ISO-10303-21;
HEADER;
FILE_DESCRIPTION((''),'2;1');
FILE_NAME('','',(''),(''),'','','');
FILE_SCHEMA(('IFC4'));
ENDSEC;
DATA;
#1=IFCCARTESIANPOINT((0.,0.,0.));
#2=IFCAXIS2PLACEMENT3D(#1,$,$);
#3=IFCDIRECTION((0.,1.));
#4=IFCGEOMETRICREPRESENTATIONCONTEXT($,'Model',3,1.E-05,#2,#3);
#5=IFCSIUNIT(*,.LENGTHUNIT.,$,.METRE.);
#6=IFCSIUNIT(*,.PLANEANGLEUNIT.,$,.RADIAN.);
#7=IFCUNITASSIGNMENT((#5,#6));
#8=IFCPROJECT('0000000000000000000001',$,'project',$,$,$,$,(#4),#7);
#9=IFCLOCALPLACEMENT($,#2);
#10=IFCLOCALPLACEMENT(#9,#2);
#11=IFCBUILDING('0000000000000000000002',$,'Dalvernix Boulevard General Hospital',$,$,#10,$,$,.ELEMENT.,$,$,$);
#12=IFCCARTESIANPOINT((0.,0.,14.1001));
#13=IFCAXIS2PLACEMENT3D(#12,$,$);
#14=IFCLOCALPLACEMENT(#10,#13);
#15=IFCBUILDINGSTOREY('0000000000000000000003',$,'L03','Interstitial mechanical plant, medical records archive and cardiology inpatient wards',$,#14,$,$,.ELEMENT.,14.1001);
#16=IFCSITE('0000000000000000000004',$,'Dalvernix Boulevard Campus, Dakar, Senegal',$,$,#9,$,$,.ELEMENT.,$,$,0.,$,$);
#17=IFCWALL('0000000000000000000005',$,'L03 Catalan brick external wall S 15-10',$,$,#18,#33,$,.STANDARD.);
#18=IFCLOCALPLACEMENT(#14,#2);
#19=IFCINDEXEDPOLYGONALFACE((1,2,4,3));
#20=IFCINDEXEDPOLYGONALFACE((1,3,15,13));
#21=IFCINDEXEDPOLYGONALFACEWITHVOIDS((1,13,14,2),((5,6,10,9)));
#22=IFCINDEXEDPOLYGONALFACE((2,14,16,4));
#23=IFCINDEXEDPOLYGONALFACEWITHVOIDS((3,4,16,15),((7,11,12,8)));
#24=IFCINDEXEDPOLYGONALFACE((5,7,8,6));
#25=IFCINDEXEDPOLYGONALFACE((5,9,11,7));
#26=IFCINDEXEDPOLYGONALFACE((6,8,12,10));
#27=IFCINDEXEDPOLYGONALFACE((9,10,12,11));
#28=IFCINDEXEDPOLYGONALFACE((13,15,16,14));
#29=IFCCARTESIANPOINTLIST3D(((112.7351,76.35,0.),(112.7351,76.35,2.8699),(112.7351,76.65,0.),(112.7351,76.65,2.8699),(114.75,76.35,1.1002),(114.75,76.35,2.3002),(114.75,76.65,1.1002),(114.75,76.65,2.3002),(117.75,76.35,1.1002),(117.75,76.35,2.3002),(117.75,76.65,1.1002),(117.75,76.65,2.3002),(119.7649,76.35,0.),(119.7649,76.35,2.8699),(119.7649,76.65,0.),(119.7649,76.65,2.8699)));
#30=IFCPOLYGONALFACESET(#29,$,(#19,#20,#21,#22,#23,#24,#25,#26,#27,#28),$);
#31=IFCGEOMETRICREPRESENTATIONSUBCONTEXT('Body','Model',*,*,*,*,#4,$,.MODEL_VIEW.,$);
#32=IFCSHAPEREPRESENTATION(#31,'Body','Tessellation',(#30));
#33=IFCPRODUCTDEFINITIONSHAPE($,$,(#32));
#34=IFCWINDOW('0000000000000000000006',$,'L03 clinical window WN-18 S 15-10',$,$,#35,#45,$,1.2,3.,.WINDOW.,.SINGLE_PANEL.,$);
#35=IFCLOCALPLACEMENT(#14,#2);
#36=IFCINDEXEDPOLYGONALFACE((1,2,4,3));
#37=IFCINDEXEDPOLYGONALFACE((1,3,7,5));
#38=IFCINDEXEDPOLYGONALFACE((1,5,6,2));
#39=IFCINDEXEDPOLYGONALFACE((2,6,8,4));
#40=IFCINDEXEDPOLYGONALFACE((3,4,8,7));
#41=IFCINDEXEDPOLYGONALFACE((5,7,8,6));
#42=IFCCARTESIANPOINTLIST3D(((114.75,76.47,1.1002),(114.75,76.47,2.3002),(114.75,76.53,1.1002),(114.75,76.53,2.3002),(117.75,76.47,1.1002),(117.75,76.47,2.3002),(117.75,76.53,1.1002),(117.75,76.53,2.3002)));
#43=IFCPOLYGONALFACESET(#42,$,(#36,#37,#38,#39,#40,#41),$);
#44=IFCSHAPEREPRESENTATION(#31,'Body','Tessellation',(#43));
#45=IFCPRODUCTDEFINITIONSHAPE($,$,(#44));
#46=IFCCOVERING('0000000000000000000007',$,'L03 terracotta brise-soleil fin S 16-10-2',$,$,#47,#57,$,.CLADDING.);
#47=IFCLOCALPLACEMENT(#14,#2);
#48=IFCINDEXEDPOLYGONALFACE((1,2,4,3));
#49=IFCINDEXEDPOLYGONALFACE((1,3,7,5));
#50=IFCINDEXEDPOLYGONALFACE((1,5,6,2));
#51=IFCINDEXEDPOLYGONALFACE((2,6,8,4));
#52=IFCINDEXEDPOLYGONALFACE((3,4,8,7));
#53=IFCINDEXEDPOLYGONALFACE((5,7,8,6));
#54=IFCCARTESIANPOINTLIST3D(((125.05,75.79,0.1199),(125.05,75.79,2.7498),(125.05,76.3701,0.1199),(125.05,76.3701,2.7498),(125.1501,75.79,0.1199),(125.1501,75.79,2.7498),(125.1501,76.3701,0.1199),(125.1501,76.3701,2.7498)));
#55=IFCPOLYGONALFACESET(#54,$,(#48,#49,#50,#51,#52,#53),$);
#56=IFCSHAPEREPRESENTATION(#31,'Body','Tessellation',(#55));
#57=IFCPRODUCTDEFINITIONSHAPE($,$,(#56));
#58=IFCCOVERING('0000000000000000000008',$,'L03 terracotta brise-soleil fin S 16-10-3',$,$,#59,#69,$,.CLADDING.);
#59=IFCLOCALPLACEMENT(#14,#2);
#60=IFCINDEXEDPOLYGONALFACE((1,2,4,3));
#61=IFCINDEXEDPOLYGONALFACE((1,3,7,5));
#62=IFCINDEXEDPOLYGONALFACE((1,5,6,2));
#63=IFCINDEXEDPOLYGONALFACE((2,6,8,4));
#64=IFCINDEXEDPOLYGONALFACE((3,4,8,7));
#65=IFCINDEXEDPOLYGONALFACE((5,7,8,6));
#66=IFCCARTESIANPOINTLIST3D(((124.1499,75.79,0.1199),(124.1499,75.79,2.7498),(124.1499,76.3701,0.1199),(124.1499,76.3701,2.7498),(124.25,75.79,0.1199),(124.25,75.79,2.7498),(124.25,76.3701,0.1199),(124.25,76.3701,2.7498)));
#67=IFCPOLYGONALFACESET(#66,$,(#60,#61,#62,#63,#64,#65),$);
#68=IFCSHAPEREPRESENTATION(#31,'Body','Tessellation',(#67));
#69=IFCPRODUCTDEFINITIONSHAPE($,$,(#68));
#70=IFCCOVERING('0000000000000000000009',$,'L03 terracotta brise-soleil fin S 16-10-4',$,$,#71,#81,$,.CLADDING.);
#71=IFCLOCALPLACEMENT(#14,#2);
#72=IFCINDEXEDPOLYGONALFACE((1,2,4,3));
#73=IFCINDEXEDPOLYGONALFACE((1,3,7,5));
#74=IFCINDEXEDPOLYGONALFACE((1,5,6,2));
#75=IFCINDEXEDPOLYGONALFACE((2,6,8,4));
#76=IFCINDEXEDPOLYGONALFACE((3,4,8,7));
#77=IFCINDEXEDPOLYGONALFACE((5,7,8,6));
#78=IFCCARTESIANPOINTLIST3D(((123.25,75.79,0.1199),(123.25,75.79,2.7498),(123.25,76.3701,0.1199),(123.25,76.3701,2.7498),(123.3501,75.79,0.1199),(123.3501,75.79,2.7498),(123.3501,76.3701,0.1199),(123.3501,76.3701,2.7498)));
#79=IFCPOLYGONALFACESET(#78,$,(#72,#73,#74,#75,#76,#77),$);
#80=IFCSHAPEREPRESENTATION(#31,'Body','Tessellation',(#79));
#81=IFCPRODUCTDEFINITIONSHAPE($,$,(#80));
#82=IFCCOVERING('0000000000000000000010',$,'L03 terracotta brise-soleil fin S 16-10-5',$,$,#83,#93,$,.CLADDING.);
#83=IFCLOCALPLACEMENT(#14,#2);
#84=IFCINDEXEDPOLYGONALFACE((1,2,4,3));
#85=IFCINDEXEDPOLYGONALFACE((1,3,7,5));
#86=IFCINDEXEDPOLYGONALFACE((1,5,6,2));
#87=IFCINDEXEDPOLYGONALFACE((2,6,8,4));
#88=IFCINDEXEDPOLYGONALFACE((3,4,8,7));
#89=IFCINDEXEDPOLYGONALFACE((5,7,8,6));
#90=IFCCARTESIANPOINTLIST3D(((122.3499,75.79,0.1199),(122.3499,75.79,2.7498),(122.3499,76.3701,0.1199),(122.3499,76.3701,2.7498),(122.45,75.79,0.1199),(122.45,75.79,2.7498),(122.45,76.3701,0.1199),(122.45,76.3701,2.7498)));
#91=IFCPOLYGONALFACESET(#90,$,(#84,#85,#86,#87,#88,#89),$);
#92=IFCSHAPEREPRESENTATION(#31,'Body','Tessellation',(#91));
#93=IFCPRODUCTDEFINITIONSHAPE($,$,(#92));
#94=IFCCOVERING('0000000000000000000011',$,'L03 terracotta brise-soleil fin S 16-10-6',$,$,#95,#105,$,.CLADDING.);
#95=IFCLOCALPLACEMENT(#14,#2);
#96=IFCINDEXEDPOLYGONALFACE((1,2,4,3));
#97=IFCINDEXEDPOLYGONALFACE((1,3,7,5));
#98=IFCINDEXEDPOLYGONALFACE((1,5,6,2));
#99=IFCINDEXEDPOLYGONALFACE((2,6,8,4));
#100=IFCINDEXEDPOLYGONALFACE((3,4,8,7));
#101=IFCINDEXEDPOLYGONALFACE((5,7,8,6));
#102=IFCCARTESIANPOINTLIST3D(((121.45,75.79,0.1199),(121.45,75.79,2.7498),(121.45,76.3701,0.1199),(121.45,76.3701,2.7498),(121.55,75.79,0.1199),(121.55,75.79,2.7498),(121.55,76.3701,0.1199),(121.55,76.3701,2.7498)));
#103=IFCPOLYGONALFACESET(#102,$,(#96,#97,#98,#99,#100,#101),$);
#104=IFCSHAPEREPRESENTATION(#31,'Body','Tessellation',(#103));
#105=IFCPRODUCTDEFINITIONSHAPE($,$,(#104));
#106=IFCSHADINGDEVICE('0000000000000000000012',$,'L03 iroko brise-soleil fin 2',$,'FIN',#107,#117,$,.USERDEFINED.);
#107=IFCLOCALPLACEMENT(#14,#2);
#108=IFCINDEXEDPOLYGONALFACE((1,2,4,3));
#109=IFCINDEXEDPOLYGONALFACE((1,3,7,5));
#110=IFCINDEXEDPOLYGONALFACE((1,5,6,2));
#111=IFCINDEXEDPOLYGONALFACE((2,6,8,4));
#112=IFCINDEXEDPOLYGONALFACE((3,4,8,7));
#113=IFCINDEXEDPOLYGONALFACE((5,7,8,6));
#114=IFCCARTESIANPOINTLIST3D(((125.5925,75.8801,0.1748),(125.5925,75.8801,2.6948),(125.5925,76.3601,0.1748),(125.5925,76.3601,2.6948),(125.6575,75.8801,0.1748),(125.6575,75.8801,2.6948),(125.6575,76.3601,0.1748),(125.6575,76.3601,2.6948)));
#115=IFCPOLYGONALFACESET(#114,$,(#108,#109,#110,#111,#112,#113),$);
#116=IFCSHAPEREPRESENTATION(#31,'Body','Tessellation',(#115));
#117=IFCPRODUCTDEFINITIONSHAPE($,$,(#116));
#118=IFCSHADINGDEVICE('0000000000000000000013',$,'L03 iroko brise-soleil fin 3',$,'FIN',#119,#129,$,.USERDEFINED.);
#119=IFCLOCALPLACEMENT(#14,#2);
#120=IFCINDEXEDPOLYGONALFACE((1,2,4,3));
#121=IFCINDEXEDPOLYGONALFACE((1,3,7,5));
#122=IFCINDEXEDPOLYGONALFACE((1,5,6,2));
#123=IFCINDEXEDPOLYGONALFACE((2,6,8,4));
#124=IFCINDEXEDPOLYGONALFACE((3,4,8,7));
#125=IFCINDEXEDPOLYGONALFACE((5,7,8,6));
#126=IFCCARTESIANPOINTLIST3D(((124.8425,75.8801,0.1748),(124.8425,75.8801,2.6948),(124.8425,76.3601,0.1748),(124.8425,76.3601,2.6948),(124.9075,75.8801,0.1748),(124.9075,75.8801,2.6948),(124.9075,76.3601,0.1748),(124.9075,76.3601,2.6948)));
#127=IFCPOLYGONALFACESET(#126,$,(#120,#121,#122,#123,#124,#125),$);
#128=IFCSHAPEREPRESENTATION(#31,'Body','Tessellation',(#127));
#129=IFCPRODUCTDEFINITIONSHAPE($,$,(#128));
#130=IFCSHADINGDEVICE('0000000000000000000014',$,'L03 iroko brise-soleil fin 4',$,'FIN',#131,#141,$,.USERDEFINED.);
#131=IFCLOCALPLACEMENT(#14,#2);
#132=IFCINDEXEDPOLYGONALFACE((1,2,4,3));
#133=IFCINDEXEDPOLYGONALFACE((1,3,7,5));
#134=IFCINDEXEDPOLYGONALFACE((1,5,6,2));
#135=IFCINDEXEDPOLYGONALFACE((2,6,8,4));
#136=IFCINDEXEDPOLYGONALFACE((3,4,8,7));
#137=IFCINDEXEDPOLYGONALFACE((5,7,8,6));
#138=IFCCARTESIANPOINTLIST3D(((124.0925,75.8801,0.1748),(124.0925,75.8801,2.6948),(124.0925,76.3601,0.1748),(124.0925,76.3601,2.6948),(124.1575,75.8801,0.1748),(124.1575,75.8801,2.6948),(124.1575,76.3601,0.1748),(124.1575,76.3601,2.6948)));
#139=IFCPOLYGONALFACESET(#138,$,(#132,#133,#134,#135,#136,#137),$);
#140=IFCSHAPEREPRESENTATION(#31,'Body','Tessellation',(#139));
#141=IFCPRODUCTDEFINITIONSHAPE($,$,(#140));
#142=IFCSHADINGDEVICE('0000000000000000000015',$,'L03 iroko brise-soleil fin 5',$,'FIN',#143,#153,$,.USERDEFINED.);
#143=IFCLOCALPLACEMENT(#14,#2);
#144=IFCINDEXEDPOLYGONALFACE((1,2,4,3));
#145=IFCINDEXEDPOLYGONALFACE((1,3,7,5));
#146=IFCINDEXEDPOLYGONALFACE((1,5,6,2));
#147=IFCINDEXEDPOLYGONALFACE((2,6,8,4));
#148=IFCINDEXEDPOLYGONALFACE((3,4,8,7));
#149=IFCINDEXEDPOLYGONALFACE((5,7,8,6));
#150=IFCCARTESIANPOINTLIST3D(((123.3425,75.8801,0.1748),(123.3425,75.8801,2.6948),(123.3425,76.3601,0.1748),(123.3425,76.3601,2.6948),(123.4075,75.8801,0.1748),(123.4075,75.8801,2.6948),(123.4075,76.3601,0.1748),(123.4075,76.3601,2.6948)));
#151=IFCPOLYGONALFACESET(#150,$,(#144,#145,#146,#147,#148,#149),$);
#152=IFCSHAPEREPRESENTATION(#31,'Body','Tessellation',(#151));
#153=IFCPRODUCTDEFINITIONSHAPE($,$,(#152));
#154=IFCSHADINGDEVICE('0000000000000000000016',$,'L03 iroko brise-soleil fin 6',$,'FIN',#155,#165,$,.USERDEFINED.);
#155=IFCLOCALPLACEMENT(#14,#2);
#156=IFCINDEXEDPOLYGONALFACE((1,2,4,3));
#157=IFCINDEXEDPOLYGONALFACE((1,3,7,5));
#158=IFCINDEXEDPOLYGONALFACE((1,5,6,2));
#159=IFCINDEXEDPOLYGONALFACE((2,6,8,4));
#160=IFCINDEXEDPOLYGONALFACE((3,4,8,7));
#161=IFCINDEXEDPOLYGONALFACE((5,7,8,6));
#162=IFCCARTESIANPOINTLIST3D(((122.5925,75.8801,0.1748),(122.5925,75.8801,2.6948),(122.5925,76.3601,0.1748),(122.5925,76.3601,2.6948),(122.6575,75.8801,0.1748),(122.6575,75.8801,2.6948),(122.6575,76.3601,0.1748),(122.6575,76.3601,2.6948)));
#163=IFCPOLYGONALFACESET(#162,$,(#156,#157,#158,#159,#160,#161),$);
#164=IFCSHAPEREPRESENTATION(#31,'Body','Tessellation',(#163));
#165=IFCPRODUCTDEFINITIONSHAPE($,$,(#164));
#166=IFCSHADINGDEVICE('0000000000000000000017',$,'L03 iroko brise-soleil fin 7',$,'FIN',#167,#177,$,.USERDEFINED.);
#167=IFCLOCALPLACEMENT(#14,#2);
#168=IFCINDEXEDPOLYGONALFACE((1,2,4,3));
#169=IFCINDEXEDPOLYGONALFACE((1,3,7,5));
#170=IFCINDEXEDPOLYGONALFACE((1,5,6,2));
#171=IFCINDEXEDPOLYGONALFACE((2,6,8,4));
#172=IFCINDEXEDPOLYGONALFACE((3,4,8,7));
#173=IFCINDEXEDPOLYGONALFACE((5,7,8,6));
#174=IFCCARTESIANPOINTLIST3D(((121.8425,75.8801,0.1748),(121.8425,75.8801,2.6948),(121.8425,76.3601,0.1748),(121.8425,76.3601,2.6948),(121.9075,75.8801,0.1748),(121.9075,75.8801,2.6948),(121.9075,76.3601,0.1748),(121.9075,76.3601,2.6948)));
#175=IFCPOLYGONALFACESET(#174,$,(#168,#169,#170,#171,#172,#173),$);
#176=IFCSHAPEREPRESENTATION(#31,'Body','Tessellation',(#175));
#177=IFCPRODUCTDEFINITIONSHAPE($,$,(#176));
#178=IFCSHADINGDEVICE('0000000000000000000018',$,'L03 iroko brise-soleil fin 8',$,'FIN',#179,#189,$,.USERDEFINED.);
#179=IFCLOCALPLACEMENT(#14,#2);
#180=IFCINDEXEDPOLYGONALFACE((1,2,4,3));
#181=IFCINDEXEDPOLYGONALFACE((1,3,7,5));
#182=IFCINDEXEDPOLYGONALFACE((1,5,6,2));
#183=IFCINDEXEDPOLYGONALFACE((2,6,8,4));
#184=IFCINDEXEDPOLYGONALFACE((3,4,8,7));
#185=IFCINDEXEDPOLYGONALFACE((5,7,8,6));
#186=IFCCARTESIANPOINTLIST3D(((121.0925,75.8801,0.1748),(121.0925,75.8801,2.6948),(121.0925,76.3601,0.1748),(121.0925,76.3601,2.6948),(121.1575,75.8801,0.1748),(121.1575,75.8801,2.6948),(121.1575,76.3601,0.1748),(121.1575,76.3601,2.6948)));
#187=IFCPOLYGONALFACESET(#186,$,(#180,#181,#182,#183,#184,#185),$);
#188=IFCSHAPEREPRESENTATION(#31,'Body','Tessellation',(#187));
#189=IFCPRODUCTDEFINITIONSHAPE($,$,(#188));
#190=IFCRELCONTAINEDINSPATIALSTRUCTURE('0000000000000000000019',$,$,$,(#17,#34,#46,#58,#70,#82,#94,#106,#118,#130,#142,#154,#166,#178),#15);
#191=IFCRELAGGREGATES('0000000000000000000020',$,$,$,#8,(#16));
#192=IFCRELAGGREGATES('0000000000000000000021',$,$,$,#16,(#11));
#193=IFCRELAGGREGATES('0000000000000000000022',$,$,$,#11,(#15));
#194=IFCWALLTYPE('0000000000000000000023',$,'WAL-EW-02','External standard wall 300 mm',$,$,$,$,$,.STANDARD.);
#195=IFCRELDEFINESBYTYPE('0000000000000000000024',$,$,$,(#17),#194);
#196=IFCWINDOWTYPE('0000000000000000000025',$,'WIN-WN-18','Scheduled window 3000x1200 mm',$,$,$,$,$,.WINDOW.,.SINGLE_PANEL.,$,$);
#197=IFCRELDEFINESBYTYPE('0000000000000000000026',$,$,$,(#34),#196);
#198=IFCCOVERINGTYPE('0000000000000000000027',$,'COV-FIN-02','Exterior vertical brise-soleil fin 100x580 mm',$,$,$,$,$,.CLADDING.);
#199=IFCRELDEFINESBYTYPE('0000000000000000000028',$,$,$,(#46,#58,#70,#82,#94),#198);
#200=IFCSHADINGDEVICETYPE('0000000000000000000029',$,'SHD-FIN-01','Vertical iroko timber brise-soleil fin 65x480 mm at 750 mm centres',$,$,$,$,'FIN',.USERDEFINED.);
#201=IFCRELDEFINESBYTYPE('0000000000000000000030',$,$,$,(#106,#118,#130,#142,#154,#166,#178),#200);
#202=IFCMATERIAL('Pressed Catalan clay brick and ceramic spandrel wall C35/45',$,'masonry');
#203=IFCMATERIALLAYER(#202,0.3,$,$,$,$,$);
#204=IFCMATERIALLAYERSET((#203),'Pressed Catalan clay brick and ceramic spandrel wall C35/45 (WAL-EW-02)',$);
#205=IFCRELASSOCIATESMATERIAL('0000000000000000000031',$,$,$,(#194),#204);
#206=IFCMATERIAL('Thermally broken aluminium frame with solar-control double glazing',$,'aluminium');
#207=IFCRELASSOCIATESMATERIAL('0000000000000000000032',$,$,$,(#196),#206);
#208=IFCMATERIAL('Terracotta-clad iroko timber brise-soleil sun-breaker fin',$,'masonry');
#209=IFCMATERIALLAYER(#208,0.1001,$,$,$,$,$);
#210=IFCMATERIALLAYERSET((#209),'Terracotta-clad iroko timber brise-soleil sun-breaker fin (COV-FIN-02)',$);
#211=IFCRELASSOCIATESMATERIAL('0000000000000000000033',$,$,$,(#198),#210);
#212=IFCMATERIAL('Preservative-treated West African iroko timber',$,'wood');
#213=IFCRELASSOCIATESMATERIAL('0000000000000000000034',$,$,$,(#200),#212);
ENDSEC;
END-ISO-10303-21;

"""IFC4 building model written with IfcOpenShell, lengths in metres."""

from ifc_helpers import new_model, si_unit, direction, frame, frame_2d, origin, origin_2d, place, context, subcontext, project, spatial, rectangle, extrude, material, layer, layer_set, type_object, element, fill, save


model = new_model("IFC4")

# Units and contexts
model_context = context("Model", 3, precision=1e-05, world=origin(), true_north=direction((0.0, 1.0)))
body_context = subcontext(model_context, "Body", "Model", "MODEL_VIEW")
ifc_project = project(units=[si_unit("LENGTHUNIT", "METRE"), si_unit("PLANEANGLEUNIT", "RADIAN")], contexts=[model_context])

# Site, building, storey
site_placement = place(None, origin())
site = spatial("IfcSite", under=ifc_project, at=site_placement, Name="Dalvernix Boulevard Campus, Dakar, Senegal", CompositionType="ELEMENT", RefElevation=0.0)
building_placement = place(site_placement, origin())
building = spatial("IfcBuilding", under=site, at=building_placement, Name="Dalvernix Boulevard General Hospital", CompositionType="ELEMENT")
storey_placement = place(building_placement, frame((0.0, 0.0, 14.1001)))
storey = spatial("IfcBuildingStorey", under=building, at=storey_placement, Name="L03", Description="Interstitial mechanical plant, medical records archive and cardiology inpatient wards", CompositionType="ELEMENT", Elevation=14.1001)

# Wall, opening, window
ifc_material_1 = material(Name="Pressed Catalan clay brick and ceramic spandrel wall C35/45", Category="masonry")
ifc_layer_1 = layer(ifc_material_1, 0.3)
ifc_layer_set_1 = layer_set([ifc_layer_1], Name="Pressed Catalan clay brick and ceramic spandrel wall C35/45 (WAL-EW-02)")
wall_type = type_object("IfcWallType", Name="WAL-EW-02", Description="External standard wall 300 mm", PredefinedType="STANDARD", material=ifc_layer_set_1)
wall_placement = place(storey_placement, frame((119.7649, 76.5, 0.0), z_axis=(0.0, 0.0, 1.0), x_axis=(-1.0, 0.0, 0.0)))
wall = element("IfcWall", 1, at=wall_placement, inside=storey, type_object=wall_type, Name="L03 Catalan brick external wall S 15-10", PredefinedType="STANDARD", context=body_context, shape_type="SweptSolid", body=[
    extrude(rectangle(XDim=7.0298, YDim=0.3, at=frame_2d((3.5149, 0.0))), origin(), (0.0, 0.0, 1.0), 2.8699),
])
opening_placement = place(wall_placement, frame((2.0149, 0.0, 1.1001)))
opening = element("IfcOpeningElement", 2, at=opening_placement, cuts=wall, PredefinedType="OPENING", context=body_context, shape_type="SweptSolid", body=[
    extrude(rectangle(XDim=3.0, YDim=1.2, at=frame_2d((1.5, 0.6001))), frame((0.0, 0.1599, 0.0), z_axis=(0.0, -1.0, 0.0), x_axis=(1.0, 0.0, 0.0)), (0.0, 0.0, 1.0), 0.3201),
])
ifc_material_2 = material(Name="Thermally broken aluminium frame with solar-control double glazing", Category="aluminium")
window_type = type_object("IfcWindowType", Name="WIN-WN-18", Description="Scheduled window 3000x1200 mm", PartitioningType="SINGLE_PANEL", PredefinedType="WINDOW", material=ifc_material_2)
window_placement = place(opening_placement, origin())
window = element("IfcWindow", 3, at=window_placement, inside=storey, type_object=window_type, Name="L03 clinical window WN-18 S 15-10", OverallHeight=1.2, OverallWidth=3.0, PartitioningType="SINGLE_PANEL", PredefinedType="WINDOW", context=body_context, shape_type="SweptSolid", body=[
    extrude(rectangle(XDim=3.0, YDim=1.2, at=frame_2d((1.5, 0.6001))), frame((0.0, 0.03, 0.0), z_axis=(0.0, -1.0, 0.0), x_axis=(1.0, 0.0, 0.0)), (0.0, 0.0, 1.0), 0.0601),
])
fill(opening, window)

# Coverings
ifc_material_3 = material(Name="Terracotta-clad iroko timber brise-soleil sun-breaker fin", Category="masonry")
ifc_layer_2 = layer(ifc_material_3, 0.1001)
ifc_layer_set_2 = layer_set([ifc_layer_2], Name="Terracotta-clad iroko timber brise-soleil sun-breaker fin (COV-FIN-02)")
covering_type = type_object("IfcCoveringType", Name="COV-FIN-02", Description="Exterior vertical brise-soleil fin 100x580 mm", PredefinedType="CLADDING", material=ifc_layer_set_2)
for number, where, z_axis, x_axis, name in (
    (4, (125.1001, 76.0801, 0.1199), (0.0, 0.0, 1.0), (-1.0, 0.0, 0.0), "L03 terracotta brise-soleil fin S 16-10-2"),
    (5, (124.2, 76.0801, 0.1199), (0.0, 0.0, 1.0), (-1.0, 0.0, 0.0), "L03 terracotta brise-soleil fin S 16-10-3"),
    (6, (123.3, 76.0801, 0.1199), (0.0, 0.0, 1.0), (-1.0, 0.0, 0.0), "L03 terracotta brise-soleil fin S 16-10-4"),
    (7, (122.3999, 76.0801, 0.1199), (0.0, 0.0, 1.0), (-1.0, 0.0, 0.0), "L03 terracotta brise-soleil fin S 16-10-5"),
    (8, (121.5, 76.0801, 0.1199), (0.0, 0.0, 1.0), (-1.0, 0.0, 0.0), "L03 terracotta brise-soleil fin S 16-10-6"),
):
    element("IfcCovering", number, at=place(storey_placement, frame(where, z_axis=z_axis, x_axis=x_axis)), inside=storey, type_object=covering_type, Name=name, PredefinedType="CLADDING", context=body_context, shape_type="SweptSolid", body=[
        extrude(rectangle(XDim=0.1001, YDim=0.5801, at=origin_2d()), origin(), (0.0, 0.0, 1.0), 2.6299),
    ])

# Shading devices
ifc_material_4 = material(Name="Preservative-treated West African iroko timber", Category="wood")
shading_device_type = type_object("IfcShadingDeviceType", Name="SHD-FIN-01", Description="Vertical iroko timber brise-soleil fin 65x480 mm at 750 mm centres", ElementType="FIN", PredefinedType="USERDEFINED", material=ifc_material_4)
for number, where, z_axis, x_axis, name in (
    (9, (125.625, 76.1201, 0.1748), (0.0, 0.0, 1.0), (-1.0, 0.0, 0.0), "L03 iroko brise-soleil fin 2"),
    (10, (124.875, 76.1201, 0.1748), (0.0, 0.0, 1.0), (-1.0, 0.0, 0.0), "L03 iroko brise-soleil fin 3"),
    (11, (124.125, 76.1201, 0.1748), (0.0, 0.0, 1.0), (-1.0, 0.0, 0.0), "L03 iroko brise-soleil fin 4"),
    (12, (123.375, 76.1201, 0.1748), (0.0, 0.0, 1.0), (-1.0, 0.0, 0.0), "L03 iroko brise-soleil fin 5"),
    (13, (122.625, 76.1201, 0.1748), (0.0, 0.0, 1.0), (-1.0, 0.0, 0.0), "L03 iroko brise-soleil fin 6"),
    (14, (121.875, 76.1201, 0.1748), (0.0, 0.0, 1.0), (-1.0, 0.0, 0.0), "L03 iroko brise-soleil fin 7"),
    (15, (121.125, 76.1201, 0.1748), (0.0, 0.0, 1.0), (-1.0, 0.0, 0.0), "L03 iroko brise-soleil fin 8"),
):
    element("IfcShadingDevice", number, at=place(storey_placement, frame(where, z_axis=z_axis, x_axis=x_axis)), inside=storey, type_object=shading_device_type, Name=name, ObjectType="FIN", PredefinedType="USERDEFINED", context=body_context, shape_type="SweptSolid", body=[
        extrude(rectangle(XDim=0.0649, YDim=0.48, at=origin_2d()), origin(), (0.0, 0.0, 1.0), 2.52),
    ])

save(model, "model.ifc")
